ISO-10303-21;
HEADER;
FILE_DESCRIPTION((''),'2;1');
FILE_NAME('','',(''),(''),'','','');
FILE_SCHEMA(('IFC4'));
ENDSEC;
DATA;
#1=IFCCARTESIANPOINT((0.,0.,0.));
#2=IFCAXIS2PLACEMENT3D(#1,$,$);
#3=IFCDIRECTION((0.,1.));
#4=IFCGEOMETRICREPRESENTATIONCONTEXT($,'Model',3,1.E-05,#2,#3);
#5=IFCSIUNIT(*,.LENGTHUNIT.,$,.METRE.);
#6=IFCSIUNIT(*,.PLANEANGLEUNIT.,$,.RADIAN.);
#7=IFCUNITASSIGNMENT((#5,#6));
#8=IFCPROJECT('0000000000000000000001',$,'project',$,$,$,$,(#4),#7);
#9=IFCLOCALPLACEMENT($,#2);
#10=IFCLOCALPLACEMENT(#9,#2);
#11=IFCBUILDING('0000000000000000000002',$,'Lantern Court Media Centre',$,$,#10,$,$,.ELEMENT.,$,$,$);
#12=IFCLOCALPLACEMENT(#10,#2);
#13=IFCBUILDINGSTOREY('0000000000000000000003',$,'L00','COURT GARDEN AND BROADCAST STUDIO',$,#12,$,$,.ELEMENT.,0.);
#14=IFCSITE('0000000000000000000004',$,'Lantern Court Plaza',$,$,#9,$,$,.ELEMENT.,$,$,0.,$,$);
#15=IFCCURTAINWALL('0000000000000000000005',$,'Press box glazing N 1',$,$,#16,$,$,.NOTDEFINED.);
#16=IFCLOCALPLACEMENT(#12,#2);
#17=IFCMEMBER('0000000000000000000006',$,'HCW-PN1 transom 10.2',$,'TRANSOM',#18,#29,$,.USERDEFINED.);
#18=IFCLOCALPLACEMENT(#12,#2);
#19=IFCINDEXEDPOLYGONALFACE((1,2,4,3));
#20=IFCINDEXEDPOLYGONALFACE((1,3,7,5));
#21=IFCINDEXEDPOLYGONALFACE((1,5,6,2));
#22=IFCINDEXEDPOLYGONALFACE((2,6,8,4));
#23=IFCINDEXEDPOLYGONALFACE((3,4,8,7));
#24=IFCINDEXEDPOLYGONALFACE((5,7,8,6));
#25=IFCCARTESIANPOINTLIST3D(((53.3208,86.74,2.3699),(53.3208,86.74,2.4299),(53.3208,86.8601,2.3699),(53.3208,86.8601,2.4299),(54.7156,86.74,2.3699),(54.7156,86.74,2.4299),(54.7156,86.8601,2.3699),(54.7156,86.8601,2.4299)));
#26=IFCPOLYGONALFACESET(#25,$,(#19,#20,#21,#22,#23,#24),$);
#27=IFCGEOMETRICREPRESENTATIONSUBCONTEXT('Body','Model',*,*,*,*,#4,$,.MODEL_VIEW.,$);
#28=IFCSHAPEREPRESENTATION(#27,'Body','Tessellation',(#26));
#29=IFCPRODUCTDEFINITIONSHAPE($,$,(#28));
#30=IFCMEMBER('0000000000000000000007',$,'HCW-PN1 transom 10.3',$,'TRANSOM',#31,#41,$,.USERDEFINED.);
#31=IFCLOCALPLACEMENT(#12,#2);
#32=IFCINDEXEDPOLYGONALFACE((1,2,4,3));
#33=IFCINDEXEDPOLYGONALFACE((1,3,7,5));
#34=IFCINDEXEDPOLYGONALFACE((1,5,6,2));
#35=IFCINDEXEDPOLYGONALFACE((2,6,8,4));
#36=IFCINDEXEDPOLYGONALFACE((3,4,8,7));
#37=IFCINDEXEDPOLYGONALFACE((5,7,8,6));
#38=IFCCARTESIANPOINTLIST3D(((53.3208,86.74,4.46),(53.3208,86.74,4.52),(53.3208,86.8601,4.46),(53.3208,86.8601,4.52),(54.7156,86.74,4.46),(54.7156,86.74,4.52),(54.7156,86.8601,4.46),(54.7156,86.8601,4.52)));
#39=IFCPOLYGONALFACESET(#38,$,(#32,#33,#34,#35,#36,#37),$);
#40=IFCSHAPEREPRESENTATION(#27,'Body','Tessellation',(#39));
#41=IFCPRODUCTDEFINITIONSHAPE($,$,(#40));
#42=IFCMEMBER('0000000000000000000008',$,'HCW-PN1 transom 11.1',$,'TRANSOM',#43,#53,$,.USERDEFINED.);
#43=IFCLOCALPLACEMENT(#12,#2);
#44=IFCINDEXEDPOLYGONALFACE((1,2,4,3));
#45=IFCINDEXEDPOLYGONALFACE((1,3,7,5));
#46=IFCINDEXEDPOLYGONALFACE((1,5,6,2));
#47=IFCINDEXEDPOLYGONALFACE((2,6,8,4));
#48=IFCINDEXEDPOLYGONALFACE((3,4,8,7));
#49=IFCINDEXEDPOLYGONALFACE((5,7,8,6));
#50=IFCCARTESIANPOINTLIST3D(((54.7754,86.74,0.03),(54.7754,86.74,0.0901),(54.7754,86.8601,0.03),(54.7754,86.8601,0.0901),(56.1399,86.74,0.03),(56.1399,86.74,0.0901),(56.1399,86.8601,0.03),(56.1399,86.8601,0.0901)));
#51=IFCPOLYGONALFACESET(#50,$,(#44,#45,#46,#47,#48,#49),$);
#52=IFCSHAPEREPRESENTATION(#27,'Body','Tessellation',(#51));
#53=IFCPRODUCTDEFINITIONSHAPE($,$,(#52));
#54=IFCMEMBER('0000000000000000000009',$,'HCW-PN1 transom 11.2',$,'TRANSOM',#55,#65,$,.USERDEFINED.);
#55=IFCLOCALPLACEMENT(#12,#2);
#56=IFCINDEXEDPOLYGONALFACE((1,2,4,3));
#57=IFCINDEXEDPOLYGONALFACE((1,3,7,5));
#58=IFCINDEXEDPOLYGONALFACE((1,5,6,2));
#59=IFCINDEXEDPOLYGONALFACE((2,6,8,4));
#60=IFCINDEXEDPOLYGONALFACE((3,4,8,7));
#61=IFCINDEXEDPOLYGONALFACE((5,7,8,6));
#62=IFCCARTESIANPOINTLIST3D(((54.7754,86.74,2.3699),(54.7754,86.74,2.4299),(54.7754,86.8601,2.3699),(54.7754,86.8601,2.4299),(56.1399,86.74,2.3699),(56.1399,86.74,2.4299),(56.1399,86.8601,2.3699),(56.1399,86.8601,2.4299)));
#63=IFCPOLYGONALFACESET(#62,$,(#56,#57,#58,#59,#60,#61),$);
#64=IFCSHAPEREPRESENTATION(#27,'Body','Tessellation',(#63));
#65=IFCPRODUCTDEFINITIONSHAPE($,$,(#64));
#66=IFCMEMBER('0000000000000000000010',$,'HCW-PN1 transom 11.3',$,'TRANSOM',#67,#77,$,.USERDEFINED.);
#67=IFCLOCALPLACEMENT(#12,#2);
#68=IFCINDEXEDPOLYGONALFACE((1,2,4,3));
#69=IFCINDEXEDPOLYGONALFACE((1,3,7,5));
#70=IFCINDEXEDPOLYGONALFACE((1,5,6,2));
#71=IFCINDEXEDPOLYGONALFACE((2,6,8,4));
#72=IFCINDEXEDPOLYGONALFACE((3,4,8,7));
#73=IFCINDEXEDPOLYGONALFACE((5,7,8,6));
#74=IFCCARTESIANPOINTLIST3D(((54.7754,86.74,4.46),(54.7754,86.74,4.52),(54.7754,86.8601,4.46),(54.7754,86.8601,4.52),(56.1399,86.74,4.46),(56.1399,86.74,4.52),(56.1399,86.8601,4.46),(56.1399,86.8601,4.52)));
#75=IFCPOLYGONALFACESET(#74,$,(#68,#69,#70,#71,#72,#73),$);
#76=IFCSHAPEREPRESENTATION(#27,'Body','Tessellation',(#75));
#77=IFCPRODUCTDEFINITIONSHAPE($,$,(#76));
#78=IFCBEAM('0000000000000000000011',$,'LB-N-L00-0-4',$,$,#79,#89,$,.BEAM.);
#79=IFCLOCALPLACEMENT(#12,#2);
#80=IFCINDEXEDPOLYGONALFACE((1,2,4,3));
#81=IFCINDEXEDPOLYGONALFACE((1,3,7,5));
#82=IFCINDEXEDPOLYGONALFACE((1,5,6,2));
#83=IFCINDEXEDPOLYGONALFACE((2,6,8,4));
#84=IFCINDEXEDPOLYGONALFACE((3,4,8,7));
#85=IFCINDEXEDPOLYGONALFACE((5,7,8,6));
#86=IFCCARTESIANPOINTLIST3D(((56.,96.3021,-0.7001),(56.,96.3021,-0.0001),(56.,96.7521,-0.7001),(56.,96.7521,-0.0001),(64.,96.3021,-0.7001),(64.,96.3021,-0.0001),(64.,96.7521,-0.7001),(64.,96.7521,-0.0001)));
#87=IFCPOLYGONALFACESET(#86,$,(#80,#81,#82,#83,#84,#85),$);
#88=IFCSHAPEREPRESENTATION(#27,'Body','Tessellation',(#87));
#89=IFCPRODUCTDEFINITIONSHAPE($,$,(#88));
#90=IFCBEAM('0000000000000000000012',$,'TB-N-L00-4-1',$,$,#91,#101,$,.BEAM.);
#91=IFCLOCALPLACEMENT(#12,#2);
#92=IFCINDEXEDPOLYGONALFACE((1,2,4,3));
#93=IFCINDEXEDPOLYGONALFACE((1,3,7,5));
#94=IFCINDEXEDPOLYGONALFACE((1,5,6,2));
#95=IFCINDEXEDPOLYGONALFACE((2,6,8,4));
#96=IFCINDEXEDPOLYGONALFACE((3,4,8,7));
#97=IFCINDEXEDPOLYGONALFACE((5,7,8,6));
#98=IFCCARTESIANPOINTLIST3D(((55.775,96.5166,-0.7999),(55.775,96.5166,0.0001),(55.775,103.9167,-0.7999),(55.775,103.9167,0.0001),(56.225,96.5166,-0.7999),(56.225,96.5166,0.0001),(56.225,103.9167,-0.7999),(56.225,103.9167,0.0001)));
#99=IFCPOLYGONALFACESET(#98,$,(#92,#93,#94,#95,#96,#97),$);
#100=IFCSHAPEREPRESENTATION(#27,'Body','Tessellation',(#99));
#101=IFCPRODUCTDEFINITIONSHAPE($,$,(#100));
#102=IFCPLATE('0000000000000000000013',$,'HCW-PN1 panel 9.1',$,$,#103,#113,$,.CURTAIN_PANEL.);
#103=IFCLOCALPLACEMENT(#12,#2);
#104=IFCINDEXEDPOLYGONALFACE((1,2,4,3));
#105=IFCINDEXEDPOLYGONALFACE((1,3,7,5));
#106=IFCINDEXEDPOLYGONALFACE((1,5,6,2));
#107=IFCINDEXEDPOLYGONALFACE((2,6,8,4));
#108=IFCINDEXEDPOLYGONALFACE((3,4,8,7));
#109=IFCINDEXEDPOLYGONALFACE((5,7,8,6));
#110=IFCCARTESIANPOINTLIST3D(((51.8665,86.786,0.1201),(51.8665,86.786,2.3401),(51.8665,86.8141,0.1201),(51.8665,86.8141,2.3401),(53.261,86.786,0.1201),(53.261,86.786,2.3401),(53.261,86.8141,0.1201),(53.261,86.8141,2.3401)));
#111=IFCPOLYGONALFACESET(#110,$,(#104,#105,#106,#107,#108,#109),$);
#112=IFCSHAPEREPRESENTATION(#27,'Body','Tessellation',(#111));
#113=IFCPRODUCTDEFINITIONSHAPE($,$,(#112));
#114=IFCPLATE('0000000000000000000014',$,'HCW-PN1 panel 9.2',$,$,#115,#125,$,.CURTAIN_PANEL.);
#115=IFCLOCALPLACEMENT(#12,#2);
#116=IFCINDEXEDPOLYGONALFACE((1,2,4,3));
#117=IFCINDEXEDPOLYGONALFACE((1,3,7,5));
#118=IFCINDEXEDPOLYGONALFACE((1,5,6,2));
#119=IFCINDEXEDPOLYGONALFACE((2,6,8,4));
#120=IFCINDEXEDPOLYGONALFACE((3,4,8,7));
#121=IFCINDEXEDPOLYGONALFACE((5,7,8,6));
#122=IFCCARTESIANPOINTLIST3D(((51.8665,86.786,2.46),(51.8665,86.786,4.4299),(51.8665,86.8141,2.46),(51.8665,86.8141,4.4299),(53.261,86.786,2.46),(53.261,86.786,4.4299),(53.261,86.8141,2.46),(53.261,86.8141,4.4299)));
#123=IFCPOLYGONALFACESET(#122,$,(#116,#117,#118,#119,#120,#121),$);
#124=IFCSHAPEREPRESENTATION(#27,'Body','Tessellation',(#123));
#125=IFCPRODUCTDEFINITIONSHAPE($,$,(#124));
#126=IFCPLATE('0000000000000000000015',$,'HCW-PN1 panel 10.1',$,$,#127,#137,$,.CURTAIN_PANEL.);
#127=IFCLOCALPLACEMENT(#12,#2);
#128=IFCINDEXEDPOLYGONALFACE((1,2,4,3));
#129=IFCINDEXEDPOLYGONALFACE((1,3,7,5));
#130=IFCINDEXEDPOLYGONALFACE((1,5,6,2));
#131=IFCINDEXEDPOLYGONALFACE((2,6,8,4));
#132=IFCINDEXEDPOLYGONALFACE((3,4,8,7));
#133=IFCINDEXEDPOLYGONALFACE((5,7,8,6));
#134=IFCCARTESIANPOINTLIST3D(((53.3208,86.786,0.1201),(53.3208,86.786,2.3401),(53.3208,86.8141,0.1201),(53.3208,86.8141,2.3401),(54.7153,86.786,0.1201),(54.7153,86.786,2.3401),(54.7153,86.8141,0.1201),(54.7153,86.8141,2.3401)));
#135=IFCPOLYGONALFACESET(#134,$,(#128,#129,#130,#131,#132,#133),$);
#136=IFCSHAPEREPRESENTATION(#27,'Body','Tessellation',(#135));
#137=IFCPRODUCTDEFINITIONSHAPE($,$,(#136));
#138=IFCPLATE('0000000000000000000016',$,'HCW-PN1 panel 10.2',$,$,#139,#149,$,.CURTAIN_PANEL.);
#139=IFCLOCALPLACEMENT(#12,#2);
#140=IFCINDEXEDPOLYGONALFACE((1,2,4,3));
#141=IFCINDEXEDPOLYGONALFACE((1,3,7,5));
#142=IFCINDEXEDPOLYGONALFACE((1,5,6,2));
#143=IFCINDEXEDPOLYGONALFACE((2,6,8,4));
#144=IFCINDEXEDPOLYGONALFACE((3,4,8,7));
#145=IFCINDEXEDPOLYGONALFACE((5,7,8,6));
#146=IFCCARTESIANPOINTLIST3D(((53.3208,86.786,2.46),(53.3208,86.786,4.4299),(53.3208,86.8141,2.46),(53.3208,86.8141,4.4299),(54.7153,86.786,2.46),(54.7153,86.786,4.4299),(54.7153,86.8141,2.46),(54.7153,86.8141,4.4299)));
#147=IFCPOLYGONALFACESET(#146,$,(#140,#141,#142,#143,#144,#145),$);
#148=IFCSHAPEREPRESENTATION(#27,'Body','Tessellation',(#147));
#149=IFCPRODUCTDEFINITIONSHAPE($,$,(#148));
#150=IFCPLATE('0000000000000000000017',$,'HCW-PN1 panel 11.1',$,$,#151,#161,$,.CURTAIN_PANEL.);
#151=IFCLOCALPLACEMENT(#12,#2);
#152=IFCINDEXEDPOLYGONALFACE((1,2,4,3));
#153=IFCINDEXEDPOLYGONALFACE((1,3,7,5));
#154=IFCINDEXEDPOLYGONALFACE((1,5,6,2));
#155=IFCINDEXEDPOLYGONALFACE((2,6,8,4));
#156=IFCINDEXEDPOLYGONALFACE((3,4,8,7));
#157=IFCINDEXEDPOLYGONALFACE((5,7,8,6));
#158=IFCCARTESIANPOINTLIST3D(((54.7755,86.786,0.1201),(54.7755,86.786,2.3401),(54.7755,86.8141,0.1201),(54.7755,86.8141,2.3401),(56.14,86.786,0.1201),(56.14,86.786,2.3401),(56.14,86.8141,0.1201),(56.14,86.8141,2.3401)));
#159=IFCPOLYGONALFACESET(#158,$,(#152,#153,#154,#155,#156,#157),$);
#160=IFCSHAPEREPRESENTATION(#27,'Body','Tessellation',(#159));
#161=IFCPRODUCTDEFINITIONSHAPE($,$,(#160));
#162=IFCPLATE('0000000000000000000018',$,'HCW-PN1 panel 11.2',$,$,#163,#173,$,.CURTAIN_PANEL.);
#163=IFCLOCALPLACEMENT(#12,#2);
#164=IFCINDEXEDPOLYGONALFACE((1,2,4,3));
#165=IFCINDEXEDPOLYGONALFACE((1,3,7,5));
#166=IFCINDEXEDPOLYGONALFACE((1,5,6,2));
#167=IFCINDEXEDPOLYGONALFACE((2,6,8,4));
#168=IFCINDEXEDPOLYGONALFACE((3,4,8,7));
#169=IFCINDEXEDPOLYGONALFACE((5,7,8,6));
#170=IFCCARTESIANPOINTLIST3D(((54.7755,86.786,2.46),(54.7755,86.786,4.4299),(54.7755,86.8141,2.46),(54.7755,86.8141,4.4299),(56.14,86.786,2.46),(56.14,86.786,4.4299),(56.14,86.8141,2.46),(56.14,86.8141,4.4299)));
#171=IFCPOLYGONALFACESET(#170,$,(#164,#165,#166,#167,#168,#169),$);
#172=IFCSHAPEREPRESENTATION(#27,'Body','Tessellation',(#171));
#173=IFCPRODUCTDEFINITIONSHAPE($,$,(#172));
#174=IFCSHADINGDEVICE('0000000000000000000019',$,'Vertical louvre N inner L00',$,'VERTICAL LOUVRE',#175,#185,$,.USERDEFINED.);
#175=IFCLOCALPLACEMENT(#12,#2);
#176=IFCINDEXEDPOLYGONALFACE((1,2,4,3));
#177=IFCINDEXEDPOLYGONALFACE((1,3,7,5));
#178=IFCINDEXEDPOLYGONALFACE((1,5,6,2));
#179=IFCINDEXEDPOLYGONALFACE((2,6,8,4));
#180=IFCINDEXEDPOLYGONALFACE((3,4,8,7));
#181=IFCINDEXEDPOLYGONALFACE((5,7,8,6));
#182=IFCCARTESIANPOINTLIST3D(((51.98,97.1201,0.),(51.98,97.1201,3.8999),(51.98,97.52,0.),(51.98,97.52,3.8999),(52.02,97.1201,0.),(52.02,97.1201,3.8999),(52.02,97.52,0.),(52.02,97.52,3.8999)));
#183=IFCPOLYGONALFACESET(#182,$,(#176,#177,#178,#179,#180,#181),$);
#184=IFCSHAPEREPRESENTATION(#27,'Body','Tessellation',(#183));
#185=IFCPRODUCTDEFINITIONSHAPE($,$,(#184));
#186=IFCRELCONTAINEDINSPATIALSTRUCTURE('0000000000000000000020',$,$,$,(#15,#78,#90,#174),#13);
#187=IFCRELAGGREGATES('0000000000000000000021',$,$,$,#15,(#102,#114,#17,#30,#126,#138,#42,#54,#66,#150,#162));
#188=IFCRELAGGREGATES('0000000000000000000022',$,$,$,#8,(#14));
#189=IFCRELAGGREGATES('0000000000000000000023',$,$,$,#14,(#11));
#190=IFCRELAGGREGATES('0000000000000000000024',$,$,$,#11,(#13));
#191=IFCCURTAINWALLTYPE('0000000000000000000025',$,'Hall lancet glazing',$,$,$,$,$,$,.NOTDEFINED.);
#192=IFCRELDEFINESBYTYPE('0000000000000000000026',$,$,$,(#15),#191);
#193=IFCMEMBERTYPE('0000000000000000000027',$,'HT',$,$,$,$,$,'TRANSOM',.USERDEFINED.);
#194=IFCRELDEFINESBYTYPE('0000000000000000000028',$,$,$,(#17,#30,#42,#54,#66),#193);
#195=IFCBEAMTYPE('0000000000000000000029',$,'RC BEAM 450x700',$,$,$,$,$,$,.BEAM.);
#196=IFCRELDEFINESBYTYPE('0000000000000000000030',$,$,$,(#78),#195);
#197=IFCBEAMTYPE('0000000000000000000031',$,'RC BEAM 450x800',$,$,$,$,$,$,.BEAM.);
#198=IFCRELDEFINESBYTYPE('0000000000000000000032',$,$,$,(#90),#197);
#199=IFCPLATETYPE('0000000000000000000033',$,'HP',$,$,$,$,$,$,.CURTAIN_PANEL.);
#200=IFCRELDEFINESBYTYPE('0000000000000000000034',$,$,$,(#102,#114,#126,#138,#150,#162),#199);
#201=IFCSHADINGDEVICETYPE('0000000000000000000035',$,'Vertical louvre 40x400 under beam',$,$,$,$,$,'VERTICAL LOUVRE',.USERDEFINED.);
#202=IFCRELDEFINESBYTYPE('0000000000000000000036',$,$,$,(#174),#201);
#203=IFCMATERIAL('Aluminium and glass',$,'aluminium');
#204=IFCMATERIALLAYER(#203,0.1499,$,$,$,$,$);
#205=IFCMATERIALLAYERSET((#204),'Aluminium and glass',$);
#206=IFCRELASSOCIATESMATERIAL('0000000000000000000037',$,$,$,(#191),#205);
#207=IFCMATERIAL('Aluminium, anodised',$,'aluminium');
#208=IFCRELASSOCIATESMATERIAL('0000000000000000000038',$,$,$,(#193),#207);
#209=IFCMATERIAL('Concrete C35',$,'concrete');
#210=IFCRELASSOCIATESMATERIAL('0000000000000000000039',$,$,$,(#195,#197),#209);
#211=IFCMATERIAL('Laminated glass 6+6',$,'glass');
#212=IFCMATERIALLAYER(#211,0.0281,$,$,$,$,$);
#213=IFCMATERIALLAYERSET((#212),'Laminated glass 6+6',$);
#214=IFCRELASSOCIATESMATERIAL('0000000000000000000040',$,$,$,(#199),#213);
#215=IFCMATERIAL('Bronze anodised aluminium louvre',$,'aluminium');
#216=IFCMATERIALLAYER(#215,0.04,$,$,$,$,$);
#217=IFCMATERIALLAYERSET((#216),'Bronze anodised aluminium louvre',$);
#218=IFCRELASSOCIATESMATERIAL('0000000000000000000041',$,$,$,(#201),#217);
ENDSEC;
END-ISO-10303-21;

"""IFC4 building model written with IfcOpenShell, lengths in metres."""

from ifc_helpers import new_model, si_unit, direction, frame, origin, origin_2d, place, context, subcontext, project, spatial, rectangle, extrude, material, layer, layer_set, material_profile, profile_set, type_object, element, aggregate, save


model = new_model("IFC4")

# Units and contexts
model_context = context("Model", 3, precision=1e-05, world=origin(), true_north=direction((0.0, 1.0)))
body_context = subcontext(model_context, "Body", "Model", "MODEL_VIEW")
ifc_project = project(units=[si_unit("LENGTHUNIT", "METRE"), si_unit("PLANEANGLEUNIT", "RADIAN")], contexts=[model_context])

# Site, building, storey
site_placement = place(None, origin())
site = spatial("IfcSite", under=ifc_project, at=site_placement, Name="Lantern Court Plaza", CompositionType="ELEMENT", RefElevation=0.0)
building_placement = place(site_placement, origin())
building = spatial("IfcBuilding", under=site, at=building_placement, Name="Lantern Court Media Centre", CompositionType="ELEMENT")
storey_placement = place(building_placement, origin())
storey = spatial("IfcBuildingStorey", under=building, at=storey_placement, Name="L00", Description="COURT GARDEN AND BROADCAST STUDIO", CompositionType="ELEMENT", Elevation=0.0)

# Shared definitions
ifc_material_1 = material(Name="Concrete C35", Category="concrete")

# Curtain wall, members
ifc_material_2 = material(Name="Aluminium and glass", Category="aluminium")
ifc_layer_1 = layer(ifc_material_2, 0.1499)
ifc_layer_set_1 = layer_set([ifc_layer_1], Name="Aluminium and glass")
curtain_wall_type = type_object("IfcCurtainWallType", Name="Hall lancet glazing", PredefinedType="NOTDEFINED", material=ifc_layer_set_1)
curtain_wall_placement = place(storey_placement, origin())
curtain_wall = element("IfcCurtainWall", 1, at=curtain_wall_placement, inside=storey, type_object=curtain_wall_type, Name="Press box glazing N 1", PredefinedType="NOTDEFINED")
ifc_material_3 = material(Name="Aluminium, anodised", Category="aluminium")
ifc_material_profile_1 = material_profile(ifc_material_3, rectangle(XDim=0.1201, YDim=0.0601, at=origin_2d()), Name="HT")
ifc_profile_set_1 = profile_set([ifc_material_profile_1], Name="Aluminium, anodised")
member_type_1 = type_object("IfcMemberType", Name="HT", ElementType="TRANSOM", PredefinedType="USERDEFINED", material=ifc_profile_set_1)
member_1_placement = place(storey_placement, frame((53.3208, 86.8, 2.3999), z_axis=(1.0, 0.0, 0.0), x_axis=(0.0, 1.0, 0.0)))
member_1 = element("IfcMember", 2, at=member_1_placement, type_object=member_type_1, Name="HCW-PN1 transom 10.2", ObjectType="TRANSOM", PredefinedType="USERDEFINED", context=body_context, shape_type="SweptSolid", body=[
    extrude(rectangle(XDim=0.1201, YDim=0.0601, at=origin_2d()), origin(), (0.0, 0.0, 1.0), 1.3948),
])
member_2_placement = place(storey_placement, frame((53.3208, 86.8, 4.49), z_axis=(1.0, 0.0, 0.0), x_axis=(0.0, 1.0, 0.0)))
member_2 = element("IfcMember", 3, at=member_2_placement, type_object=member_type_1, Name="HCW-PN1 transom 10.3", ObjectType="TRANSOM", PredefinedType="USERDEFINED", context=body_context, shape_type="SweptSolid", body=[
    extrude(rectangle(XDim=0.1201, YDim=0.0601, at=origin_2d()), origin(), (0.0, 0.0, 1.0), 1.3948),
])
member_3_placement = place(storey_placement, frame((54.7754, 86.8, 0.0601), z_axis=(1.0, 0.0, 0.0), x_axis=(0.0, 1.0, 0.0)))
member_3 = element("IfcMember", 4, at=member_3_placement, type_object=member_type_1, Name="HCW-PN1 transom 11.1", ObjectType="TRANSOM", PredefinedType="USERDEFINED", context=body_context, shape_type="SweptSolid", body=[
    extrude(rectangle(XDim=0.1201, YDim=0.0601, at=origin_2d()), origin(), (0.0, 0.0, 1.0), 1.3645),
])
member_4_placement = place(storey_placement, frame((54.7754, 86.8, 2.3999), z_axis=(1.0, 0.0, 0.0), x_axis=(0.0, 1.0, 0.0)))
member_4 = element("IfcMember", 5, at=member_4_placement, type_object=member_type_1, Name="HCW-PN1 transom 11.2", ObjectType="TRANSOM", PredefinedType="USERDEFINED", context=body_context, shape_type="SweptSolid", body=[
    extrude(rectangle(XDim=0.1201, YDim=0.0601, at=origin_2d()), origin(), (0.0, 0.0, 1.0), 1.3645),
])
member_5_placement = place(storey_placement, frame((54.7754, 86.8, 4.49), z_axis=(1.0, 0.0, 0.0), x_axis=(0.0, 1.0, 0.0)))
member_5 = element("IfcMember", 6, at=member_5_placement, type_object=member_type_1, Name="HCW-PN1 transom 11.3", ObjectType="TRANSOM", PredefinedType="USERDEFINED", context=body_context, shape_type="SweptSolid", body=[
    extrude(rectangle(XDim=0.1201, YDim=0.0601, at=origin_2d()), origin(), (0.0, 0.0, 1.0), 1.3645),
])

# Beams
ifc_material_profile_2 = material_profile(ifc_material_1, rectangle(XDim=0.45, YDim=0.7, at=origin_2d()), Name="RC 450x700")
ifc_profile_set_2 = profile_set([ifc_material_profile_2], Name="Concrete C35")
beam_type_1 = type_object("IfcBeamType", Name="RC BEAM 450x700", PredefinedType="BEAM", material=ifc_profile_set_2)
beam_1_placement = place(storey_placement, frame((56.0, 96.5271, -0.3501), z_axis=(1.0, 0.0, 0.0), x_axis=(0.0, 1.0, 0.0)))
element("IfcBeam", 7, at=beam_1_placement, inside=storey, type_object=beam_type_1, Name="LB-N-L00-0-4", PredefinedType="BEAM", context=body_context, shape_type="SweptSolid", body=[
    extrude(rectangle(XDim=0.45, YDim=0.7, at=origin_2d()), origin(), (0.0, 0.0, 1.0), 8.0),
])
ifc_material_profile_3 = material_profile(ifc_material_1, rectangle(XDim=0.45, YDim=0.8, at=origin_2d()), Name="RC 450x800")
ifc_profile_set_3 = profile_set([ifc_material_profile_3], Name="Concrete C35")
beam_type_2 = type_object("IfcBeamType", Name="RC BEAM 450x800", PredefinedType="BEAM", material=ifc_profile_set_3)
beam_2_placement = place(storey_placement, frame((56.0, 96.5166, -0.3999), z_axis=(0.0, 1.0, 0.0), x_axis=(-1.0, 0.0, 0.0)))
element("IfcBeam", 8, at=beam_2_placement, inside=storey, type_object=beam_type_2, Name="TB-N-L00-4-1", PredefinedType="BEAM", context=body_context, shape_type="SweptSolid", body=[
    extrude(rectangle(XDim=0.45, YDim=0.8, at=origin_2d()), origin(), (0.0, 0.0, 1.0), 7.4001),
])

# Plates
ifc_material_4 = material(Name="Laminated glass 6+6", Category="glass")
ifc_layer_2 = layer(ifc_material_4, 0.0281)
ifc_layer_set_2 = layer_set([ifc_layer_2], Name="Laminated glass 6+6")
plate_type = type_object("IfcPlateType", Name="HP", PredefinedType="CURTAIN_PANEL", material=ifc_layer_set_2)
plate_1_placement = place(storey_placement, frame((52.5637, 86.8, 0.1201), z_axis=(0.0, 0.0, 1.0), x_axis=(1.0, 0.0, 0.0)))
plate_1 = element("IfcPlate", 9, at=plate_1_placement, type_object=plate_type, Name="HCW-PN1 panel 9.1", PredefinedType="CURTAIN_PANEL", context=body_context, shape_type="SweptSolid", body=[
    extrude(rectangle(XDim=1.3945, YDim=0.0281, at=origin_2d()), origin(), (0.0, 0.0, 1.0), 2.22),
])
plate_2_placement = place(storey_placement, frame((52.5637, 86.8, 2.46), z_axis=(0.0, 0.0, 1.0), x_axis=(1.0, 0.0, 0.0)))
plate_2 = element("IfcPlate", 10, at=plate_2_placement, type_object=plate_type, Name="HCW-PN1 panel 9.2", PredefinedType="CURTAIN_PANEL", context=body_context, shape_type="SweptSolid", body=[
    extrude(rectangle(XDim=1.3945, YDim=0.0281, at=origin_2d()), origin(), (0.0, 0.0, 1.0), 1.97),
])
plate_3_placement = place(storey_placement, frame((54.0181, 86.8, 0.1201), z_axis=(0.0, 0.0, 1.0), x_axis=(1.0, 0.0, 0.0)))
plate_3 = element("IfcPlate", 11, at=plate_3_placement, type_object=plate_type, Name="HCW-PN1 panel 10.1", PredefinedType="CURTAIN_PANEL", context=body_context, shape_type="SweptSolid", body=[
    extrude(rectangle(XDim=1.3945, YDim=0.0281, at=origin_2d()), origin(), (0.0, 0.0, 1.0), 2.22),
])
plate_4_placement = place(storey_placement, frame((54.0181, 86.8, 2.46), z_axis=(0.0, 0.0, 1.0), x_axis=(1.0, 0.0, 0.0)))
plate_4 = element("IfcPlate", 12, at=plate_4_placement, type_object=plate_type, Name="HCW-PN1 panel 10.2", PredefinedType="CURTAIN_PANEL", context=body_context, shape_type="SweptSolid", body=[
    extrude(rectangle(XDim=1.3945, YDim=0.0281, at=origin_2d()), origin(), (0.0, 0.0, 1.0), 1.97),
])
plate_5_placement = place(storey_placement, frame((55.4578, 86.8, 0.1201), z_axis=(0.0, 0.0, 1.0), x_axis=(1.0, 0.0, 0.0)))
plate_5 = element("IfcPlate", 13, at=plate_5_placement, type_object=plate_type, Name="HCW-PN1 panel 11.1", PredefinedType="CURTAIN_PANEL", context=body_context, shape_type="SweptSolid", body=[
    extrude(rectangle(XDim=1.3645, YDim=0.0281, at=origin_2d()), origin(), (0.0, 0.0, 1.0), 2.22),
])
plate_6_placement = place(storey_placement, frame((55.4578, 86.8, 2.46), z_axis=(0.0, 0.0, 1.0), x_axis=(1.0, 0.0, 0.0)))
plate_6 = element("IfcPlate", 14, at=plate_6_placement, type_object=plate_type, Name="HCW-PN1 panel 11.2", PredefinedType="CURTAIN_PANEL", context=body_context, shape_type="SweptSolid", body=[
    extrude(rectangle(XDim=1.3645, YDim=0.0281, at=origin_2d()), origin(), (0.0, 0.0, 1.0), 1.97),
])
aggregate(curtain_wall, [plate_1, plate_2, member_1, member_2, plate_3, plate_4, member_3, member_4, member_5, plate_5, plate_6])

# Shading device
ifc_material_5 = material(Name="Bronze anodised aluminium louvre", Category="aluminium")
ifc_layer_3 = layer(ifc_material_5, 0.04)
ifc_layer_set_3 = layer_set([ifc_layer_3], Name="Bronze anodised aluminium louvre")
shading_device_type = type_object("IfcShadingDeviceType", Name="Vertical louvre 40x400 under beam", ElementType="VERTICAL LOUVRE", PredefinedType="USERDEFINED", material=ifc_layer_set_3)
shading_device_placement = place(storey_placement, frame((52.0, 97.3201, 0.0), z_axis=(0.0, 0.0, 1.0), x_axis=(1.0, 0.0, 0.0)))
element("IfcShadingDevice", 15, at=shading_device_placement, inside=storey, type_object=shading_device_type, Name="Vertical louvre N inner L00", ObjectType="VERTICAL LOUVRE", PredefinedType="USERDEFINED", context=body_context, shape_type="SweptSolid", body=[
    extrude(rectangle(XDim=0.04, YDim=0.3999, at=origin_2d()), origin(), (0.0, 0.0, 1.0), 3.8999),
])

save(model, "model.ifc")
